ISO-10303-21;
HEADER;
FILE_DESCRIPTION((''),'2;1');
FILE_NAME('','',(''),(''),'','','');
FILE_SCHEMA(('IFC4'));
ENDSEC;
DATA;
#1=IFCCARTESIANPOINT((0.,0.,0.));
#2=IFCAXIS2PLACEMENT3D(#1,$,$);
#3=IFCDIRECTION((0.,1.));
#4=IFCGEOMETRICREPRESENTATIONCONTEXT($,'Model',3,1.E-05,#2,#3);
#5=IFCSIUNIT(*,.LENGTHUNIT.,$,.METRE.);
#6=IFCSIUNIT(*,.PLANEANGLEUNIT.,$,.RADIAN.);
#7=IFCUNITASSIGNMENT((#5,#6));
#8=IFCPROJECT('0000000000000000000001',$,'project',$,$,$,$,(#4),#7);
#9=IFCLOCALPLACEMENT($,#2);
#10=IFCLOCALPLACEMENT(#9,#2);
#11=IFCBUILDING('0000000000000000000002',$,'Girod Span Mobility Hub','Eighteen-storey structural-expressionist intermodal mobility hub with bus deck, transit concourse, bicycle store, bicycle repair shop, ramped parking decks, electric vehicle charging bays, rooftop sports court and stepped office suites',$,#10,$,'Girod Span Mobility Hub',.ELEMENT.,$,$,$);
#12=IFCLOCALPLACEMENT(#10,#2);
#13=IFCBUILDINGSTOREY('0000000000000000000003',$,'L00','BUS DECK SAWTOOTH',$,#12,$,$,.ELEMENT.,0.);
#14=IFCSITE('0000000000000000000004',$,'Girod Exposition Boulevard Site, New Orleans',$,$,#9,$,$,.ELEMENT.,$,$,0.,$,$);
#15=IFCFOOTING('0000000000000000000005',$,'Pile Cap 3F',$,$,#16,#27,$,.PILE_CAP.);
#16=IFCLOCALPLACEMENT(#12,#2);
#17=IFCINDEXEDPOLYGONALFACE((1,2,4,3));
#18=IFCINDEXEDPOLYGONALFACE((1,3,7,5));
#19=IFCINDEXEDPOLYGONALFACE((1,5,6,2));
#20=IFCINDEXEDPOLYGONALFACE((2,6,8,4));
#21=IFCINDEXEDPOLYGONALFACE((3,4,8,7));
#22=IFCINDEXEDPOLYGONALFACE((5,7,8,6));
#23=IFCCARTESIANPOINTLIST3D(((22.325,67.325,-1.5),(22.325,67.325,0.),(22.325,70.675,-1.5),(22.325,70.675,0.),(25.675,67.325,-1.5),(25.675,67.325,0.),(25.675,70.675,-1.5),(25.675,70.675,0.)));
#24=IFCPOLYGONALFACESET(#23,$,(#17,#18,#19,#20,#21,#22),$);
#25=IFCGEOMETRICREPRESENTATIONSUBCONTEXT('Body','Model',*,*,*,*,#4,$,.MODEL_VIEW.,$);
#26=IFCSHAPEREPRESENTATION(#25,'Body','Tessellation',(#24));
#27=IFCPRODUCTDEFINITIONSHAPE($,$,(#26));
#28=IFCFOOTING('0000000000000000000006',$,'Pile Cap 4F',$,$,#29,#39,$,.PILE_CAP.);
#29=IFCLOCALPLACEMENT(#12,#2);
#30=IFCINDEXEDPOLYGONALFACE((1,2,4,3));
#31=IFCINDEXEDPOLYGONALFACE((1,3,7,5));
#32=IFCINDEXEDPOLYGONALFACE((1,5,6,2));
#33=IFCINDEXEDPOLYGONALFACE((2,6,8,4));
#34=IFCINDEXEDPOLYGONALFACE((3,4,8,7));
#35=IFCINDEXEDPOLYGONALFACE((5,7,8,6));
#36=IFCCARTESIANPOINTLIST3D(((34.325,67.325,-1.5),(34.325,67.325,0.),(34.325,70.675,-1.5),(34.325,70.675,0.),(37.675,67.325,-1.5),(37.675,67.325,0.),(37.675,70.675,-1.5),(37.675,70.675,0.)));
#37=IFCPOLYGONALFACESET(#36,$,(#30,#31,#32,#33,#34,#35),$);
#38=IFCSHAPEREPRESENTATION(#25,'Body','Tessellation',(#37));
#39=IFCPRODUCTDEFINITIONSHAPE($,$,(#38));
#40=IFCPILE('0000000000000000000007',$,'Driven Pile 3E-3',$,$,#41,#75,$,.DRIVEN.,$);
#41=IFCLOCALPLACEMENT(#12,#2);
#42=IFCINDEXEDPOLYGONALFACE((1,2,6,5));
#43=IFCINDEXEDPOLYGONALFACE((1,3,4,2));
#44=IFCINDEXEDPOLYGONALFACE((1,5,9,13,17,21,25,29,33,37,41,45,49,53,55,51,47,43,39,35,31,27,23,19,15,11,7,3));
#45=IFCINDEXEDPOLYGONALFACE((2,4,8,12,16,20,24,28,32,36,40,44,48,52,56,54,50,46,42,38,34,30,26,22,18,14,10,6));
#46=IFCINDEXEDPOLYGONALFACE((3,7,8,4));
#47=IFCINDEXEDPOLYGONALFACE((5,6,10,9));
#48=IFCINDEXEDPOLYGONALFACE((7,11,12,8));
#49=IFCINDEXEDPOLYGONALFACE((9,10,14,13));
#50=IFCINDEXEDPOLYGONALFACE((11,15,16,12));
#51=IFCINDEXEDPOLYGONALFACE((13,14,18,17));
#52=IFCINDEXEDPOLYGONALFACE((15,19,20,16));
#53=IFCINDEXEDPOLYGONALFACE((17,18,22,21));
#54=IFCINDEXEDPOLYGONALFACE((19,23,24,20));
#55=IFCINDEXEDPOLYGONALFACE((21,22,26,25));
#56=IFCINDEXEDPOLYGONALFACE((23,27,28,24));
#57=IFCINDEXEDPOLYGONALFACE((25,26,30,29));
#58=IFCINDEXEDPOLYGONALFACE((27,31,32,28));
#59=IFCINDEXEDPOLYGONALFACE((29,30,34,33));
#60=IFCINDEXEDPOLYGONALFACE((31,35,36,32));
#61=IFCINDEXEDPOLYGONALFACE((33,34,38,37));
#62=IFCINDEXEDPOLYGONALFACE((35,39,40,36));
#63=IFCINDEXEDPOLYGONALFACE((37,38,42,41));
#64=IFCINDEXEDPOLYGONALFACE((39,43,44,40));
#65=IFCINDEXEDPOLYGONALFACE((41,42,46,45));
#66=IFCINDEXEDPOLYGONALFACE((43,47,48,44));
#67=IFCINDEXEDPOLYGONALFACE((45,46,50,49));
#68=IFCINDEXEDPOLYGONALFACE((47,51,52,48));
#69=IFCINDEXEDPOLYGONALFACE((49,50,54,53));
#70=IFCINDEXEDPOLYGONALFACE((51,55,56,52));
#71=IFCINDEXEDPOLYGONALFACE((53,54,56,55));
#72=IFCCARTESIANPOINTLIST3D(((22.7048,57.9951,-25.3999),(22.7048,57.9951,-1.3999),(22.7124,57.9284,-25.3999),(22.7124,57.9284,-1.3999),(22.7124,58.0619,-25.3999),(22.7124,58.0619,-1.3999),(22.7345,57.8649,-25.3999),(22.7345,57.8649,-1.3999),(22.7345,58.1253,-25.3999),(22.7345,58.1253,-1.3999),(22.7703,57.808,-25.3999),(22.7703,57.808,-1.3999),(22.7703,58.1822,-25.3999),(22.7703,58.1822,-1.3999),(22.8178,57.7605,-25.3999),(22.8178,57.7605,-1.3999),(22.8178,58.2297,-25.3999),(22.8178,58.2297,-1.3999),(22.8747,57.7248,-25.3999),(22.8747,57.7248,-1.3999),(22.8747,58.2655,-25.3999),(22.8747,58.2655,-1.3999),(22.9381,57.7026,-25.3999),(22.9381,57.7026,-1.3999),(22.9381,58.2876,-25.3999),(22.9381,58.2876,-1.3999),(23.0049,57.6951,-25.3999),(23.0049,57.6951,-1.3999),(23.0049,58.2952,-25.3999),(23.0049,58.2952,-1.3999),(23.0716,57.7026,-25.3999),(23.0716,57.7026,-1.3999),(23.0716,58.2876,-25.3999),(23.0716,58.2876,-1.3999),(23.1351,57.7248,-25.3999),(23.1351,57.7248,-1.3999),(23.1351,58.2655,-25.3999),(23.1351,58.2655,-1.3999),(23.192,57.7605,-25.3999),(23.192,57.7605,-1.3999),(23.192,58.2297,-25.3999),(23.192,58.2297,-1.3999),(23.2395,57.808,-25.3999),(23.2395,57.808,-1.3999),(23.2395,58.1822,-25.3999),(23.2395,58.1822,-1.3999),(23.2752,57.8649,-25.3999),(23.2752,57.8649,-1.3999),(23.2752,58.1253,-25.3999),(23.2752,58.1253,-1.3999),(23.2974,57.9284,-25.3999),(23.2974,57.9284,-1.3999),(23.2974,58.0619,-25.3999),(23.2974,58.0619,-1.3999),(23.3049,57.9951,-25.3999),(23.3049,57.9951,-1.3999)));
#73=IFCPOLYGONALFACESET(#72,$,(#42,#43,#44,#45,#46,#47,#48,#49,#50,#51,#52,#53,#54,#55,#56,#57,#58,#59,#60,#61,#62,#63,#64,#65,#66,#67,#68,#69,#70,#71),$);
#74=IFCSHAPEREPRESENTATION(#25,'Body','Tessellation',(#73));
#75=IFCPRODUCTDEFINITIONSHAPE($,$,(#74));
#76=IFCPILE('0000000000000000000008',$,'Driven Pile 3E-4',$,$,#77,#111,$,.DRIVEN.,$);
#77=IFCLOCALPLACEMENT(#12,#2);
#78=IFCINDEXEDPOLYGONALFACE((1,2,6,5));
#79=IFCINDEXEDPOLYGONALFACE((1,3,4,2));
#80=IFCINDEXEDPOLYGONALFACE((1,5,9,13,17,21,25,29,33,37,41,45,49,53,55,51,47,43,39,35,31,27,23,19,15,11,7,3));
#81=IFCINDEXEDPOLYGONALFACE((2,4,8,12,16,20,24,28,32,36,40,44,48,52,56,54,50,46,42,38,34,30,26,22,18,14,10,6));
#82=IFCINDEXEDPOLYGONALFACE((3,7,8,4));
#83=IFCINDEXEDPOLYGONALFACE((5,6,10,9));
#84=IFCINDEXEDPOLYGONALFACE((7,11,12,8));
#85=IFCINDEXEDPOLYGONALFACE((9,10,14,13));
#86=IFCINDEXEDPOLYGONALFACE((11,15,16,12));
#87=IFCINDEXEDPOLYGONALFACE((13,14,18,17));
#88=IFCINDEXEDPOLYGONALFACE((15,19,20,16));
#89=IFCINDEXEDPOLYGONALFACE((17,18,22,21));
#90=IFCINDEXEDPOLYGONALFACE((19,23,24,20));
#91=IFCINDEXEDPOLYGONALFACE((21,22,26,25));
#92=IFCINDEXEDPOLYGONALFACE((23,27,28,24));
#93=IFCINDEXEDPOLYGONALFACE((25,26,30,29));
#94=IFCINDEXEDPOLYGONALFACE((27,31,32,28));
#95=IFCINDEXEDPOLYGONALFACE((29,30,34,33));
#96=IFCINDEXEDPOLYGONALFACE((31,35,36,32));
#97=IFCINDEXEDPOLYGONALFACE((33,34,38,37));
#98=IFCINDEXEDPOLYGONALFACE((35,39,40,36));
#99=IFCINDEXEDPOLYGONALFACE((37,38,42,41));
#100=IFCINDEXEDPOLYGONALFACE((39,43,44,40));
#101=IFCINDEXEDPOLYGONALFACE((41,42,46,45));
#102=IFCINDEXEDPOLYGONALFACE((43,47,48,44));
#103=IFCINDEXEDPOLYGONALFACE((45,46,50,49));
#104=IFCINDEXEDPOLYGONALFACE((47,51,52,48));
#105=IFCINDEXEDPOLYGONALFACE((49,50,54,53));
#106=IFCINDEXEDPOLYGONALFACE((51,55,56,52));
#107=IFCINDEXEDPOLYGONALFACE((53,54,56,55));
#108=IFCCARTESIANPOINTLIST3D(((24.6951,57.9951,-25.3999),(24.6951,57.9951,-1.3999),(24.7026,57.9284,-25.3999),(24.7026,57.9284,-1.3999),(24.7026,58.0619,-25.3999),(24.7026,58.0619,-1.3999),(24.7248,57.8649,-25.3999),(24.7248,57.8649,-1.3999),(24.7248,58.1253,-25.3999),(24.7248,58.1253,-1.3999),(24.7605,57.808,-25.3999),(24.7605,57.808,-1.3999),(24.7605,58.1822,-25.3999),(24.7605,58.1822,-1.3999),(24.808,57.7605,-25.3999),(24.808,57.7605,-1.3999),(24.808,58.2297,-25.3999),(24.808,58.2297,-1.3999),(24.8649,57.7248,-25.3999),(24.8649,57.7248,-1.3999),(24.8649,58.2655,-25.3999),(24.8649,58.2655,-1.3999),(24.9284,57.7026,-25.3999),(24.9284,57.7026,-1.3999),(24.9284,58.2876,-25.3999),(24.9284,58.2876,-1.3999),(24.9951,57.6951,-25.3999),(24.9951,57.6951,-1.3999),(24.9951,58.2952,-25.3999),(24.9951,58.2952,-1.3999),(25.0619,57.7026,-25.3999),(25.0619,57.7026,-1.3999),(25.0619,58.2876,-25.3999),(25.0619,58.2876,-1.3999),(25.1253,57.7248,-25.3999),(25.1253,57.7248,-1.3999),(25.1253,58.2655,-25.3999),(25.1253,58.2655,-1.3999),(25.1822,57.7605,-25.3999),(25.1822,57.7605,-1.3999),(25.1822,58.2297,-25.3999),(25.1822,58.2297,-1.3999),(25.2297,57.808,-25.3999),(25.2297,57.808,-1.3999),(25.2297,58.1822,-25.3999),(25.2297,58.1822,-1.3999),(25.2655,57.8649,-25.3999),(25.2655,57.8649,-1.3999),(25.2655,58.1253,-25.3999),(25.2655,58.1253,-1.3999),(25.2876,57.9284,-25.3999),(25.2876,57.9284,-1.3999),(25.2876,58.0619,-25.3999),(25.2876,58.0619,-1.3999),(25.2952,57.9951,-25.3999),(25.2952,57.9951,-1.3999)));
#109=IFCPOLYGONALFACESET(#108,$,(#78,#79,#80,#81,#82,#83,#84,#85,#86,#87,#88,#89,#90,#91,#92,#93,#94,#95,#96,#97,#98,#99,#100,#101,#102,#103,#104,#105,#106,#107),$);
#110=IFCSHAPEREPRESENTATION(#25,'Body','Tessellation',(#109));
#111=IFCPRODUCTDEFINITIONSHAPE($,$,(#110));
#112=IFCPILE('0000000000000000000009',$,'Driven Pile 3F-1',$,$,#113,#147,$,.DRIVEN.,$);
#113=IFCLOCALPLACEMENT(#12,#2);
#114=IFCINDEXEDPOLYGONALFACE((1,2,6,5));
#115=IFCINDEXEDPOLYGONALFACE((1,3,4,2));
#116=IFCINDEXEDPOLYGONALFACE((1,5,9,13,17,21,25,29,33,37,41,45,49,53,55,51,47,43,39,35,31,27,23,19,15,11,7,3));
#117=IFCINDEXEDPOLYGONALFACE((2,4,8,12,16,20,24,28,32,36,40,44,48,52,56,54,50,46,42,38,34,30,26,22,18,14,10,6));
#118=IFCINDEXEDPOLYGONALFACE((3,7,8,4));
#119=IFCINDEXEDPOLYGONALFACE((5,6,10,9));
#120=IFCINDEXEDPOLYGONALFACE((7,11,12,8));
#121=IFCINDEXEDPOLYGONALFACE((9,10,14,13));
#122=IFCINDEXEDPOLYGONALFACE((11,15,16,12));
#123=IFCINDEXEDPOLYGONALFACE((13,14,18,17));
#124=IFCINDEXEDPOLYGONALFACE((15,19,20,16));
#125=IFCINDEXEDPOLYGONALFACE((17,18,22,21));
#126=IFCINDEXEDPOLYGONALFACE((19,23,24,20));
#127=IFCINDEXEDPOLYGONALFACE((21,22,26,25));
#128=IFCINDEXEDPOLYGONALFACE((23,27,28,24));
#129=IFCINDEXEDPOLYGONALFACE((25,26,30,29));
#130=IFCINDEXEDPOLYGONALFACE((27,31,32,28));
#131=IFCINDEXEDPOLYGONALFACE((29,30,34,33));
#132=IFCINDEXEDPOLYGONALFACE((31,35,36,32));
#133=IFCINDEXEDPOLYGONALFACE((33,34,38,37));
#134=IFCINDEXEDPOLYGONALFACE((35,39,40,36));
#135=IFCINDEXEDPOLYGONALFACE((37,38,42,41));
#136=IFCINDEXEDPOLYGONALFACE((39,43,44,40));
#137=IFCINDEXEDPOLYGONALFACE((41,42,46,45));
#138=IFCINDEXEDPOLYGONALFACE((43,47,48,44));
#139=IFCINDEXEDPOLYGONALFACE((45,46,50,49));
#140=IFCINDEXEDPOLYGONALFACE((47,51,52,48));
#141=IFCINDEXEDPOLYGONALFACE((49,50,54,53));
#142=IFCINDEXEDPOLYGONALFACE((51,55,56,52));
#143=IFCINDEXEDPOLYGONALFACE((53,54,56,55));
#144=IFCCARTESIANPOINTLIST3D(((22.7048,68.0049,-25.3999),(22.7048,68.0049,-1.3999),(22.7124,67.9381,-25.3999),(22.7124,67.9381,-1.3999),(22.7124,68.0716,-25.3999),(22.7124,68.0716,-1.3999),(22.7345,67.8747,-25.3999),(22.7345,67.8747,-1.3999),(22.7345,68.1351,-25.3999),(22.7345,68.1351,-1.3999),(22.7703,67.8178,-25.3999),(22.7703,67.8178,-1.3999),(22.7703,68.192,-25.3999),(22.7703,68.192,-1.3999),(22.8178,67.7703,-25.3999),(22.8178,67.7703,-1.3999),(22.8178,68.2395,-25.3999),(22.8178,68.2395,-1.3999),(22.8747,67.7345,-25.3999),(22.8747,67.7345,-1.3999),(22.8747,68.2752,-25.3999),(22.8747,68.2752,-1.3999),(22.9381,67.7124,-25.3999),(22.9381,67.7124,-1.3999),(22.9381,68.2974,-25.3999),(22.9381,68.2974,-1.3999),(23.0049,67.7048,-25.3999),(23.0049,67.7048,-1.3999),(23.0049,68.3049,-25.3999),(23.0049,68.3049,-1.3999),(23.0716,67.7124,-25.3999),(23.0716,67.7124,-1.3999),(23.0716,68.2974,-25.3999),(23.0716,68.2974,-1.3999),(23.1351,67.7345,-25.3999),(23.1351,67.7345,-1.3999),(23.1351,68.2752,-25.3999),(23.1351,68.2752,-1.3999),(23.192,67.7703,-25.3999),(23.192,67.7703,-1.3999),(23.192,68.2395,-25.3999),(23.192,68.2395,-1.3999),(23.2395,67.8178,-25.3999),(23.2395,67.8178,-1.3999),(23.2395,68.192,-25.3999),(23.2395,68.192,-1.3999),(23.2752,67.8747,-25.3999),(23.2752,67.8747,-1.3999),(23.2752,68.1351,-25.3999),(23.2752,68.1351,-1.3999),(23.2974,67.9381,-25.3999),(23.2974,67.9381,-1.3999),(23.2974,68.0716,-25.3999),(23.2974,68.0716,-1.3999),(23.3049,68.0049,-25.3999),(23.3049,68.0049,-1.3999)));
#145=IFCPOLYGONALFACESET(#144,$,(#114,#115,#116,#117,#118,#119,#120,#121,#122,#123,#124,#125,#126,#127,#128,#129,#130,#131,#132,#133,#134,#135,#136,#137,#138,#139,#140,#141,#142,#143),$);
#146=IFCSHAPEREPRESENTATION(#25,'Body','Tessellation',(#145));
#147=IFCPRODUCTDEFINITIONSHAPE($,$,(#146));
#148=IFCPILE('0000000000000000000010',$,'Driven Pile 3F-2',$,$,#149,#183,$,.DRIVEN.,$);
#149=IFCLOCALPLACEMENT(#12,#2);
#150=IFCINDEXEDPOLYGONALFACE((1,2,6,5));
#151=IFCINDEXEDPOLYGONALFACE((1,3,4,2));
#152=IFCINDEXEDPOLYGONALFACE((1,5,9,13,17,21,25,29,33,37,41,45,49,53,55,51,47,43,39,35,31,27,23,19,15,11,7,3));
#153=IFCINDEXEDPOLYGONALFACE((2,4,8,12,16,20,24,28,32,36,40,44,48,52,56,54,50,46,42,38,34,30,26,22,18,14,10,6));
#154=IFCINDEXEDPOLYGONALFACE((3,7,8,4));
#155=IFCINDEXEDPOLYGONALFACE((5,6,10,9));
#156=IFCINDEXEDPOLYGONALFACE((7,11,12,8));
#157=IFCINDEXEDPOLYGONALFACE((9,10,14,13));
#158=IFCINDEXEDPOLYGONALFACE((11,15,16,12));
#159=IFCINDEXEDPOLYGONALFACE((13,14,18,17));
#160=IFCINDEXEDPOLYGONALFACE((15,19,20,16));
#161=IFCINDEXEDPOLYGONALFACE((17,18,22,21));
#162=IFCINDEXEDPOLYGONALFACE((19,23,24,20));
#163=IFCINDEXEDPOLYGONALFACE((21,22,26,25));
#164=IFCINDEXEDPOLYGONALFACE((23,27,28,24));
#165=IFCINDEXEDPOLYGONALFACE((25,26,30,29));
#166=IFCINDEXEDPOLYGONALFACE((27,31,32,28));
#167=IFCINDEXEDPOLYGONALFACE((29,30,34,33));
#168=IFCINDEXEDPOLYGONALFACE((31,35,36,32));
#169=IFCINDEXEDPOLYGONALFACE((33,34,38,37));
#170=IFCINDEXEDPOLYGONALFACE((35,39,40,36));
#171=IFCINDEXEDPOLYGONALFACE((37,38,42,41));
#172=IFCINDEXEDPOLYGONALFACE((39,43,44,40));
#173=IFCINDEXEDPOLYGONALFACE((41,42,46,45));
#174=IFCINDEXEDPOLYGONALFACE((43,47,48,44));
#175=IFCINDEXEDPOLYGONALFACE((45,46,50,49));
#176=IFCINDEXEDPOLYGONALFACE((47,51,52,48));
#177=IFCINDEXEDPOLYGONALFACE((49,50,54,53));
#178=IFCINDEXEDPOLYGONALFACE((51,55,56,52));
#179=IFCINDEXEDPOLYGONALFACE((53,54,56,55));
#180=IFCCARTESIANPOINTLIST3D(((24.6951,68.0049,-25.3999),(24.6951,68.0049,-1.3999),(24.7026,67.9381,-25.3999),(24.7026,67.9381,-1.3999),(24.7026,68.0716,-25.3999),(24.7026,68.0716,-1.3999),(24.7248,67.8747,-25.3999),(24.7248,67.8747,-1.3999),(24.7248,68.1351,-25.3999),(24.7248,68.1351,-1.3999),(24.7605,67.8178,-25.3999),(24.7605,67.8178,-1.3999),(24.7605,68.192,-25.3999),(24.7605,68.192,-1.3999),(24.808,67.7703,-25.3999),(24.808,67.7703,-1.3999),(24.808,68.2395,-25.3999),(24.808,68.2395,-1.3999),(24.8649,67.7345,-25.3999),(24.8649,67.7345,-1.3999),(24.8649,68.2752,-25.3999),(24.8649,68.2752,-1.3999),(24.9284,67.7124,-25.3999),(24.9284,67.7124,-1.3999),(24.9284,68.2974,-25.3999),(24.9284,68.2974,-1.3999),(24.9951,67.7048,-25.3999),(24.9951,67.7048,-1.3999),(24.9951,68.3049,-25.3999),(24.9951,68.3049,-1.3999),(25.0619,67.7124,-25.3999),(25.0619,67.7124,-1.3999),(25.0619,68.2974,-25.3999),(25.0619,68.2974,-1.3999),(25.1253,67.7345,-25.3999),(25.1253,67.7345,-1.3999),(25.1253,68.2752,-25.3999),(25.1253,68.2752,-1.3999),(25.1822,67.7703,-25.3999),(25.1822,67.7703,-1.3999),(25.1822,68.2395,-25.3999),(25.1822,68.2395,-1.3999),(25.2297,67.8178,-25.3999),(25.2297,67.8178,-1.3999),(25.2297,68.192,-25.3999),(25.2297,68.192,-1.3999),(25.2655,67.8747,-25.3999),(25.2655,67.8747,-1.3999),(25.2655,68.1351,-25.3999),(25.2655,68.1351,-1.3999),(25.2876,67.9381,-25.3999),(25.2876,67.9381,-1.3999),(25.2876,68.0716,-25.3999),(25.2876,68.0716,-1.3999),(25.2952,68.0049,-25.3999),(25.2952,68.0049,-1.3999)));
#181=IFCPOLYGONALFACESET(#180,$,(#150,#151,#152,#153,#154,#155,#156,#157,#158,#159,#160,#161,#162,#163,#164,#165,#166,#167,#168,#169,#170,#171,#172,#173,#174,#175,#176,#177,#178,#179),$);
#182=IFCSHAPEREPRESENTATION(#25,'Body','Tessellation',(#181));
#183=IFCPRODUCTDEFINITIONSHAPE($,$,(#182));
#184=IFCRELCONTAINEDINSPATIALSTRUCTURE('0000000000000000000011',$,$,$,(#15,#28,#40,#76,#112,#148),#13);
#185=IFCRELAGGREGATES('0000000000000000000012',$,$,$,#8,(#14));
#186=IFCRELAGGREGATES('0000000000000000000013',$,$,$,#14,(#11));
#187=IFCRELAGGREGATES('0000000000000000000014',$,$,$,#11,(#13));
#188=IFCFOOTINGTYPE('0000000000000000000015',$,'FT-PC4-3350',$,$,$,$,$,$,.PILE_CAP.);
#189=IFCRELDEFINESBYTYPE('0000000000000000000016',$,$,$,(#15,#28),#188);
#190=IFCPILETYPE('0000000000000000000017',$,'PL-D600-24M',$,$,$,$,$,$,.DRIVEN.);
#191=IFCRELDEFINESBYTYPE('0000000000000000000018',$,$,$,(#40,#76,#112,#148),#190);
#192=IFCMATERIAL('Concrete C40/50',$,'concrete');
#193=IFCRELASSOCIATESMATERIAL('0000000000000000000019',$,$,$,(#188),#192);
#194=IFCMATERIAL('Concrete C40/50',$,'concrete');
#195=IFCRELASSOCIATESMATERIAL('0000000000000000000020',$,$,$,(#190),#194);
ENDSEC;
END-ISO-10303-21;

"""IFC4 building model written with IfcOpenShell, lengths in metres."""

from ifc_helpers import new_model, si_unit, direction, frame, origin, origin_2d, place, context, subcontext, project, spatial, rectangle, circle, extrude, material, material_profile, profile_set, type_object, element, save


model = new_model("IFC4")

# Units and contexts
model_context = context("Model", 3, precision=1e-05, world=origin(), true_north=direction((0.0, 1.0)))
body_context = subcontext(model_context, "Body", "Model", "MODEL_VIEW")
ifc_project = project(units=[si_unit("LENGTHUNIT", "METRE"), si_unit("PLANEANGLEUNIT", "RADIAN")], contexts=[model_context])

# Site, building, storey
site_placement = place(None, origin())
site = spatial("IfcSite", under=ifc_project, at=site_placement, Name="Girod Exposition Boulevard Site, New Orleans", CompositionType="ELEMENT", RefElevation=0.0)
building_placement = place(site_placement, origin())
building = spatial("IfcBuilding", under=site, at=building_placement, Name="Girod Span Mobility Hub", Description="Eighteen-storey structural-expressionist intermodal mobility hub with bus deck, transit concourse, bicycle store, bicycle repair shop, ramped parking decks, electric vehicle charging bays, rooftop sports court and stepped office suites", LongName="Girod Span Mobility Hub", CompositionType="ELEMENT")
storey_placement = place(building_placement, origin())
storey = spatial("IfcBuildingStorey", under=building, at=storey_placement, Name="L00", Description="BUS DECK SAWTOOTH", CompositionType="ELEMENT", Elevation=0.0)

# Footings
ifc_material_1 = material(Name="Concrete C40/50", Category="concrete")
footing_type = type_object("IfcFootingType", Name="FT-PC4-3350", PredefinedType="PILE_CAP", material=ifc_material_1)
for number, where, z_axis, x_axis, name in (
    (1, (24.0, 69.0, -1.5), (0.0, 0.0, 1.0), (1.0, 0.0, 0.0), "Pile Cap 3F"),
    (2, (36.0, 69.0, -1.5), (0.0, 0.0, 1.0), (1.0, 0.0, 0.0), "Pile Cap 4F"),
):
    element("IfcFooting", number, at=place(storey_placement, frame(where, z_axis=z_axis, x_axis=x_axis)), inside=storey, type_object=footing_type, Name=name, PredefinedType="PILE_CAP", context=body_context, shape_type="SweptSolid", body=[
        extrude(rectangle(XDim=3.3501, YDim=3.3501, at=origin_2d()), origin(), (0.0, 0.0, 1.0), 1.5),
    ])

# Piles
ifc_material_2 = material(Name="Concrete C40/50", Category="concrete")
ifc_material_profile_1 = material_profile(ifc_material_2, circle(Radius=0.3, at=origin_2d()), Name="PILE-D600")
ifc_profile_set_1 = profile_set([ifc_material_profile_1], Name="Concrete C40/50")
pile_type = type_object("IfcPileType", Name="PL-D600-24M", PredefinedType="DRIVEN", material=ifc_profile_set_1)
for number, where, z_axis, x_axis, name in (
    (3, (23.0049, 57.9951, -1.3999), (0.0, 0.0, -1.0), (1.0, 0.0, 0.0), "Driven Pile 3E-3"),
    (4, (24.9951, 57.9951, -1.3999), (0.0, 0.0, -1.0), (1.0, 0.0, 0.0), "Driven Pile 3E-4"),
    (5, (23.0049, 68.0049, -1.3999), (0.0, 0.0, -1.0), (1.0, 0.0, 0.0), "Driven Pile 3F-1"),
    (6, (24.9951, 68.0049, -1.3999), (0.0, 0.0, -1.0), (1.0, 0.0, 0.0), "Driven Pile 3F-2"),
):
    element("IfcPile", number, at=place(storey_placement, frame(where, z_axis=z_axis, x_axis=x_axis)), inside=storey, type_object=pile_type, Name=name, PredefinedType="DRIVEN", context=body_context, shape_type="SweptSolid", body=[
        extrude(circle(Radius=0.3, at=origin_2d()), origin(), (0.0, 0.0, 1.0), 24.0),
    ])

save(model, "model.ifc")
